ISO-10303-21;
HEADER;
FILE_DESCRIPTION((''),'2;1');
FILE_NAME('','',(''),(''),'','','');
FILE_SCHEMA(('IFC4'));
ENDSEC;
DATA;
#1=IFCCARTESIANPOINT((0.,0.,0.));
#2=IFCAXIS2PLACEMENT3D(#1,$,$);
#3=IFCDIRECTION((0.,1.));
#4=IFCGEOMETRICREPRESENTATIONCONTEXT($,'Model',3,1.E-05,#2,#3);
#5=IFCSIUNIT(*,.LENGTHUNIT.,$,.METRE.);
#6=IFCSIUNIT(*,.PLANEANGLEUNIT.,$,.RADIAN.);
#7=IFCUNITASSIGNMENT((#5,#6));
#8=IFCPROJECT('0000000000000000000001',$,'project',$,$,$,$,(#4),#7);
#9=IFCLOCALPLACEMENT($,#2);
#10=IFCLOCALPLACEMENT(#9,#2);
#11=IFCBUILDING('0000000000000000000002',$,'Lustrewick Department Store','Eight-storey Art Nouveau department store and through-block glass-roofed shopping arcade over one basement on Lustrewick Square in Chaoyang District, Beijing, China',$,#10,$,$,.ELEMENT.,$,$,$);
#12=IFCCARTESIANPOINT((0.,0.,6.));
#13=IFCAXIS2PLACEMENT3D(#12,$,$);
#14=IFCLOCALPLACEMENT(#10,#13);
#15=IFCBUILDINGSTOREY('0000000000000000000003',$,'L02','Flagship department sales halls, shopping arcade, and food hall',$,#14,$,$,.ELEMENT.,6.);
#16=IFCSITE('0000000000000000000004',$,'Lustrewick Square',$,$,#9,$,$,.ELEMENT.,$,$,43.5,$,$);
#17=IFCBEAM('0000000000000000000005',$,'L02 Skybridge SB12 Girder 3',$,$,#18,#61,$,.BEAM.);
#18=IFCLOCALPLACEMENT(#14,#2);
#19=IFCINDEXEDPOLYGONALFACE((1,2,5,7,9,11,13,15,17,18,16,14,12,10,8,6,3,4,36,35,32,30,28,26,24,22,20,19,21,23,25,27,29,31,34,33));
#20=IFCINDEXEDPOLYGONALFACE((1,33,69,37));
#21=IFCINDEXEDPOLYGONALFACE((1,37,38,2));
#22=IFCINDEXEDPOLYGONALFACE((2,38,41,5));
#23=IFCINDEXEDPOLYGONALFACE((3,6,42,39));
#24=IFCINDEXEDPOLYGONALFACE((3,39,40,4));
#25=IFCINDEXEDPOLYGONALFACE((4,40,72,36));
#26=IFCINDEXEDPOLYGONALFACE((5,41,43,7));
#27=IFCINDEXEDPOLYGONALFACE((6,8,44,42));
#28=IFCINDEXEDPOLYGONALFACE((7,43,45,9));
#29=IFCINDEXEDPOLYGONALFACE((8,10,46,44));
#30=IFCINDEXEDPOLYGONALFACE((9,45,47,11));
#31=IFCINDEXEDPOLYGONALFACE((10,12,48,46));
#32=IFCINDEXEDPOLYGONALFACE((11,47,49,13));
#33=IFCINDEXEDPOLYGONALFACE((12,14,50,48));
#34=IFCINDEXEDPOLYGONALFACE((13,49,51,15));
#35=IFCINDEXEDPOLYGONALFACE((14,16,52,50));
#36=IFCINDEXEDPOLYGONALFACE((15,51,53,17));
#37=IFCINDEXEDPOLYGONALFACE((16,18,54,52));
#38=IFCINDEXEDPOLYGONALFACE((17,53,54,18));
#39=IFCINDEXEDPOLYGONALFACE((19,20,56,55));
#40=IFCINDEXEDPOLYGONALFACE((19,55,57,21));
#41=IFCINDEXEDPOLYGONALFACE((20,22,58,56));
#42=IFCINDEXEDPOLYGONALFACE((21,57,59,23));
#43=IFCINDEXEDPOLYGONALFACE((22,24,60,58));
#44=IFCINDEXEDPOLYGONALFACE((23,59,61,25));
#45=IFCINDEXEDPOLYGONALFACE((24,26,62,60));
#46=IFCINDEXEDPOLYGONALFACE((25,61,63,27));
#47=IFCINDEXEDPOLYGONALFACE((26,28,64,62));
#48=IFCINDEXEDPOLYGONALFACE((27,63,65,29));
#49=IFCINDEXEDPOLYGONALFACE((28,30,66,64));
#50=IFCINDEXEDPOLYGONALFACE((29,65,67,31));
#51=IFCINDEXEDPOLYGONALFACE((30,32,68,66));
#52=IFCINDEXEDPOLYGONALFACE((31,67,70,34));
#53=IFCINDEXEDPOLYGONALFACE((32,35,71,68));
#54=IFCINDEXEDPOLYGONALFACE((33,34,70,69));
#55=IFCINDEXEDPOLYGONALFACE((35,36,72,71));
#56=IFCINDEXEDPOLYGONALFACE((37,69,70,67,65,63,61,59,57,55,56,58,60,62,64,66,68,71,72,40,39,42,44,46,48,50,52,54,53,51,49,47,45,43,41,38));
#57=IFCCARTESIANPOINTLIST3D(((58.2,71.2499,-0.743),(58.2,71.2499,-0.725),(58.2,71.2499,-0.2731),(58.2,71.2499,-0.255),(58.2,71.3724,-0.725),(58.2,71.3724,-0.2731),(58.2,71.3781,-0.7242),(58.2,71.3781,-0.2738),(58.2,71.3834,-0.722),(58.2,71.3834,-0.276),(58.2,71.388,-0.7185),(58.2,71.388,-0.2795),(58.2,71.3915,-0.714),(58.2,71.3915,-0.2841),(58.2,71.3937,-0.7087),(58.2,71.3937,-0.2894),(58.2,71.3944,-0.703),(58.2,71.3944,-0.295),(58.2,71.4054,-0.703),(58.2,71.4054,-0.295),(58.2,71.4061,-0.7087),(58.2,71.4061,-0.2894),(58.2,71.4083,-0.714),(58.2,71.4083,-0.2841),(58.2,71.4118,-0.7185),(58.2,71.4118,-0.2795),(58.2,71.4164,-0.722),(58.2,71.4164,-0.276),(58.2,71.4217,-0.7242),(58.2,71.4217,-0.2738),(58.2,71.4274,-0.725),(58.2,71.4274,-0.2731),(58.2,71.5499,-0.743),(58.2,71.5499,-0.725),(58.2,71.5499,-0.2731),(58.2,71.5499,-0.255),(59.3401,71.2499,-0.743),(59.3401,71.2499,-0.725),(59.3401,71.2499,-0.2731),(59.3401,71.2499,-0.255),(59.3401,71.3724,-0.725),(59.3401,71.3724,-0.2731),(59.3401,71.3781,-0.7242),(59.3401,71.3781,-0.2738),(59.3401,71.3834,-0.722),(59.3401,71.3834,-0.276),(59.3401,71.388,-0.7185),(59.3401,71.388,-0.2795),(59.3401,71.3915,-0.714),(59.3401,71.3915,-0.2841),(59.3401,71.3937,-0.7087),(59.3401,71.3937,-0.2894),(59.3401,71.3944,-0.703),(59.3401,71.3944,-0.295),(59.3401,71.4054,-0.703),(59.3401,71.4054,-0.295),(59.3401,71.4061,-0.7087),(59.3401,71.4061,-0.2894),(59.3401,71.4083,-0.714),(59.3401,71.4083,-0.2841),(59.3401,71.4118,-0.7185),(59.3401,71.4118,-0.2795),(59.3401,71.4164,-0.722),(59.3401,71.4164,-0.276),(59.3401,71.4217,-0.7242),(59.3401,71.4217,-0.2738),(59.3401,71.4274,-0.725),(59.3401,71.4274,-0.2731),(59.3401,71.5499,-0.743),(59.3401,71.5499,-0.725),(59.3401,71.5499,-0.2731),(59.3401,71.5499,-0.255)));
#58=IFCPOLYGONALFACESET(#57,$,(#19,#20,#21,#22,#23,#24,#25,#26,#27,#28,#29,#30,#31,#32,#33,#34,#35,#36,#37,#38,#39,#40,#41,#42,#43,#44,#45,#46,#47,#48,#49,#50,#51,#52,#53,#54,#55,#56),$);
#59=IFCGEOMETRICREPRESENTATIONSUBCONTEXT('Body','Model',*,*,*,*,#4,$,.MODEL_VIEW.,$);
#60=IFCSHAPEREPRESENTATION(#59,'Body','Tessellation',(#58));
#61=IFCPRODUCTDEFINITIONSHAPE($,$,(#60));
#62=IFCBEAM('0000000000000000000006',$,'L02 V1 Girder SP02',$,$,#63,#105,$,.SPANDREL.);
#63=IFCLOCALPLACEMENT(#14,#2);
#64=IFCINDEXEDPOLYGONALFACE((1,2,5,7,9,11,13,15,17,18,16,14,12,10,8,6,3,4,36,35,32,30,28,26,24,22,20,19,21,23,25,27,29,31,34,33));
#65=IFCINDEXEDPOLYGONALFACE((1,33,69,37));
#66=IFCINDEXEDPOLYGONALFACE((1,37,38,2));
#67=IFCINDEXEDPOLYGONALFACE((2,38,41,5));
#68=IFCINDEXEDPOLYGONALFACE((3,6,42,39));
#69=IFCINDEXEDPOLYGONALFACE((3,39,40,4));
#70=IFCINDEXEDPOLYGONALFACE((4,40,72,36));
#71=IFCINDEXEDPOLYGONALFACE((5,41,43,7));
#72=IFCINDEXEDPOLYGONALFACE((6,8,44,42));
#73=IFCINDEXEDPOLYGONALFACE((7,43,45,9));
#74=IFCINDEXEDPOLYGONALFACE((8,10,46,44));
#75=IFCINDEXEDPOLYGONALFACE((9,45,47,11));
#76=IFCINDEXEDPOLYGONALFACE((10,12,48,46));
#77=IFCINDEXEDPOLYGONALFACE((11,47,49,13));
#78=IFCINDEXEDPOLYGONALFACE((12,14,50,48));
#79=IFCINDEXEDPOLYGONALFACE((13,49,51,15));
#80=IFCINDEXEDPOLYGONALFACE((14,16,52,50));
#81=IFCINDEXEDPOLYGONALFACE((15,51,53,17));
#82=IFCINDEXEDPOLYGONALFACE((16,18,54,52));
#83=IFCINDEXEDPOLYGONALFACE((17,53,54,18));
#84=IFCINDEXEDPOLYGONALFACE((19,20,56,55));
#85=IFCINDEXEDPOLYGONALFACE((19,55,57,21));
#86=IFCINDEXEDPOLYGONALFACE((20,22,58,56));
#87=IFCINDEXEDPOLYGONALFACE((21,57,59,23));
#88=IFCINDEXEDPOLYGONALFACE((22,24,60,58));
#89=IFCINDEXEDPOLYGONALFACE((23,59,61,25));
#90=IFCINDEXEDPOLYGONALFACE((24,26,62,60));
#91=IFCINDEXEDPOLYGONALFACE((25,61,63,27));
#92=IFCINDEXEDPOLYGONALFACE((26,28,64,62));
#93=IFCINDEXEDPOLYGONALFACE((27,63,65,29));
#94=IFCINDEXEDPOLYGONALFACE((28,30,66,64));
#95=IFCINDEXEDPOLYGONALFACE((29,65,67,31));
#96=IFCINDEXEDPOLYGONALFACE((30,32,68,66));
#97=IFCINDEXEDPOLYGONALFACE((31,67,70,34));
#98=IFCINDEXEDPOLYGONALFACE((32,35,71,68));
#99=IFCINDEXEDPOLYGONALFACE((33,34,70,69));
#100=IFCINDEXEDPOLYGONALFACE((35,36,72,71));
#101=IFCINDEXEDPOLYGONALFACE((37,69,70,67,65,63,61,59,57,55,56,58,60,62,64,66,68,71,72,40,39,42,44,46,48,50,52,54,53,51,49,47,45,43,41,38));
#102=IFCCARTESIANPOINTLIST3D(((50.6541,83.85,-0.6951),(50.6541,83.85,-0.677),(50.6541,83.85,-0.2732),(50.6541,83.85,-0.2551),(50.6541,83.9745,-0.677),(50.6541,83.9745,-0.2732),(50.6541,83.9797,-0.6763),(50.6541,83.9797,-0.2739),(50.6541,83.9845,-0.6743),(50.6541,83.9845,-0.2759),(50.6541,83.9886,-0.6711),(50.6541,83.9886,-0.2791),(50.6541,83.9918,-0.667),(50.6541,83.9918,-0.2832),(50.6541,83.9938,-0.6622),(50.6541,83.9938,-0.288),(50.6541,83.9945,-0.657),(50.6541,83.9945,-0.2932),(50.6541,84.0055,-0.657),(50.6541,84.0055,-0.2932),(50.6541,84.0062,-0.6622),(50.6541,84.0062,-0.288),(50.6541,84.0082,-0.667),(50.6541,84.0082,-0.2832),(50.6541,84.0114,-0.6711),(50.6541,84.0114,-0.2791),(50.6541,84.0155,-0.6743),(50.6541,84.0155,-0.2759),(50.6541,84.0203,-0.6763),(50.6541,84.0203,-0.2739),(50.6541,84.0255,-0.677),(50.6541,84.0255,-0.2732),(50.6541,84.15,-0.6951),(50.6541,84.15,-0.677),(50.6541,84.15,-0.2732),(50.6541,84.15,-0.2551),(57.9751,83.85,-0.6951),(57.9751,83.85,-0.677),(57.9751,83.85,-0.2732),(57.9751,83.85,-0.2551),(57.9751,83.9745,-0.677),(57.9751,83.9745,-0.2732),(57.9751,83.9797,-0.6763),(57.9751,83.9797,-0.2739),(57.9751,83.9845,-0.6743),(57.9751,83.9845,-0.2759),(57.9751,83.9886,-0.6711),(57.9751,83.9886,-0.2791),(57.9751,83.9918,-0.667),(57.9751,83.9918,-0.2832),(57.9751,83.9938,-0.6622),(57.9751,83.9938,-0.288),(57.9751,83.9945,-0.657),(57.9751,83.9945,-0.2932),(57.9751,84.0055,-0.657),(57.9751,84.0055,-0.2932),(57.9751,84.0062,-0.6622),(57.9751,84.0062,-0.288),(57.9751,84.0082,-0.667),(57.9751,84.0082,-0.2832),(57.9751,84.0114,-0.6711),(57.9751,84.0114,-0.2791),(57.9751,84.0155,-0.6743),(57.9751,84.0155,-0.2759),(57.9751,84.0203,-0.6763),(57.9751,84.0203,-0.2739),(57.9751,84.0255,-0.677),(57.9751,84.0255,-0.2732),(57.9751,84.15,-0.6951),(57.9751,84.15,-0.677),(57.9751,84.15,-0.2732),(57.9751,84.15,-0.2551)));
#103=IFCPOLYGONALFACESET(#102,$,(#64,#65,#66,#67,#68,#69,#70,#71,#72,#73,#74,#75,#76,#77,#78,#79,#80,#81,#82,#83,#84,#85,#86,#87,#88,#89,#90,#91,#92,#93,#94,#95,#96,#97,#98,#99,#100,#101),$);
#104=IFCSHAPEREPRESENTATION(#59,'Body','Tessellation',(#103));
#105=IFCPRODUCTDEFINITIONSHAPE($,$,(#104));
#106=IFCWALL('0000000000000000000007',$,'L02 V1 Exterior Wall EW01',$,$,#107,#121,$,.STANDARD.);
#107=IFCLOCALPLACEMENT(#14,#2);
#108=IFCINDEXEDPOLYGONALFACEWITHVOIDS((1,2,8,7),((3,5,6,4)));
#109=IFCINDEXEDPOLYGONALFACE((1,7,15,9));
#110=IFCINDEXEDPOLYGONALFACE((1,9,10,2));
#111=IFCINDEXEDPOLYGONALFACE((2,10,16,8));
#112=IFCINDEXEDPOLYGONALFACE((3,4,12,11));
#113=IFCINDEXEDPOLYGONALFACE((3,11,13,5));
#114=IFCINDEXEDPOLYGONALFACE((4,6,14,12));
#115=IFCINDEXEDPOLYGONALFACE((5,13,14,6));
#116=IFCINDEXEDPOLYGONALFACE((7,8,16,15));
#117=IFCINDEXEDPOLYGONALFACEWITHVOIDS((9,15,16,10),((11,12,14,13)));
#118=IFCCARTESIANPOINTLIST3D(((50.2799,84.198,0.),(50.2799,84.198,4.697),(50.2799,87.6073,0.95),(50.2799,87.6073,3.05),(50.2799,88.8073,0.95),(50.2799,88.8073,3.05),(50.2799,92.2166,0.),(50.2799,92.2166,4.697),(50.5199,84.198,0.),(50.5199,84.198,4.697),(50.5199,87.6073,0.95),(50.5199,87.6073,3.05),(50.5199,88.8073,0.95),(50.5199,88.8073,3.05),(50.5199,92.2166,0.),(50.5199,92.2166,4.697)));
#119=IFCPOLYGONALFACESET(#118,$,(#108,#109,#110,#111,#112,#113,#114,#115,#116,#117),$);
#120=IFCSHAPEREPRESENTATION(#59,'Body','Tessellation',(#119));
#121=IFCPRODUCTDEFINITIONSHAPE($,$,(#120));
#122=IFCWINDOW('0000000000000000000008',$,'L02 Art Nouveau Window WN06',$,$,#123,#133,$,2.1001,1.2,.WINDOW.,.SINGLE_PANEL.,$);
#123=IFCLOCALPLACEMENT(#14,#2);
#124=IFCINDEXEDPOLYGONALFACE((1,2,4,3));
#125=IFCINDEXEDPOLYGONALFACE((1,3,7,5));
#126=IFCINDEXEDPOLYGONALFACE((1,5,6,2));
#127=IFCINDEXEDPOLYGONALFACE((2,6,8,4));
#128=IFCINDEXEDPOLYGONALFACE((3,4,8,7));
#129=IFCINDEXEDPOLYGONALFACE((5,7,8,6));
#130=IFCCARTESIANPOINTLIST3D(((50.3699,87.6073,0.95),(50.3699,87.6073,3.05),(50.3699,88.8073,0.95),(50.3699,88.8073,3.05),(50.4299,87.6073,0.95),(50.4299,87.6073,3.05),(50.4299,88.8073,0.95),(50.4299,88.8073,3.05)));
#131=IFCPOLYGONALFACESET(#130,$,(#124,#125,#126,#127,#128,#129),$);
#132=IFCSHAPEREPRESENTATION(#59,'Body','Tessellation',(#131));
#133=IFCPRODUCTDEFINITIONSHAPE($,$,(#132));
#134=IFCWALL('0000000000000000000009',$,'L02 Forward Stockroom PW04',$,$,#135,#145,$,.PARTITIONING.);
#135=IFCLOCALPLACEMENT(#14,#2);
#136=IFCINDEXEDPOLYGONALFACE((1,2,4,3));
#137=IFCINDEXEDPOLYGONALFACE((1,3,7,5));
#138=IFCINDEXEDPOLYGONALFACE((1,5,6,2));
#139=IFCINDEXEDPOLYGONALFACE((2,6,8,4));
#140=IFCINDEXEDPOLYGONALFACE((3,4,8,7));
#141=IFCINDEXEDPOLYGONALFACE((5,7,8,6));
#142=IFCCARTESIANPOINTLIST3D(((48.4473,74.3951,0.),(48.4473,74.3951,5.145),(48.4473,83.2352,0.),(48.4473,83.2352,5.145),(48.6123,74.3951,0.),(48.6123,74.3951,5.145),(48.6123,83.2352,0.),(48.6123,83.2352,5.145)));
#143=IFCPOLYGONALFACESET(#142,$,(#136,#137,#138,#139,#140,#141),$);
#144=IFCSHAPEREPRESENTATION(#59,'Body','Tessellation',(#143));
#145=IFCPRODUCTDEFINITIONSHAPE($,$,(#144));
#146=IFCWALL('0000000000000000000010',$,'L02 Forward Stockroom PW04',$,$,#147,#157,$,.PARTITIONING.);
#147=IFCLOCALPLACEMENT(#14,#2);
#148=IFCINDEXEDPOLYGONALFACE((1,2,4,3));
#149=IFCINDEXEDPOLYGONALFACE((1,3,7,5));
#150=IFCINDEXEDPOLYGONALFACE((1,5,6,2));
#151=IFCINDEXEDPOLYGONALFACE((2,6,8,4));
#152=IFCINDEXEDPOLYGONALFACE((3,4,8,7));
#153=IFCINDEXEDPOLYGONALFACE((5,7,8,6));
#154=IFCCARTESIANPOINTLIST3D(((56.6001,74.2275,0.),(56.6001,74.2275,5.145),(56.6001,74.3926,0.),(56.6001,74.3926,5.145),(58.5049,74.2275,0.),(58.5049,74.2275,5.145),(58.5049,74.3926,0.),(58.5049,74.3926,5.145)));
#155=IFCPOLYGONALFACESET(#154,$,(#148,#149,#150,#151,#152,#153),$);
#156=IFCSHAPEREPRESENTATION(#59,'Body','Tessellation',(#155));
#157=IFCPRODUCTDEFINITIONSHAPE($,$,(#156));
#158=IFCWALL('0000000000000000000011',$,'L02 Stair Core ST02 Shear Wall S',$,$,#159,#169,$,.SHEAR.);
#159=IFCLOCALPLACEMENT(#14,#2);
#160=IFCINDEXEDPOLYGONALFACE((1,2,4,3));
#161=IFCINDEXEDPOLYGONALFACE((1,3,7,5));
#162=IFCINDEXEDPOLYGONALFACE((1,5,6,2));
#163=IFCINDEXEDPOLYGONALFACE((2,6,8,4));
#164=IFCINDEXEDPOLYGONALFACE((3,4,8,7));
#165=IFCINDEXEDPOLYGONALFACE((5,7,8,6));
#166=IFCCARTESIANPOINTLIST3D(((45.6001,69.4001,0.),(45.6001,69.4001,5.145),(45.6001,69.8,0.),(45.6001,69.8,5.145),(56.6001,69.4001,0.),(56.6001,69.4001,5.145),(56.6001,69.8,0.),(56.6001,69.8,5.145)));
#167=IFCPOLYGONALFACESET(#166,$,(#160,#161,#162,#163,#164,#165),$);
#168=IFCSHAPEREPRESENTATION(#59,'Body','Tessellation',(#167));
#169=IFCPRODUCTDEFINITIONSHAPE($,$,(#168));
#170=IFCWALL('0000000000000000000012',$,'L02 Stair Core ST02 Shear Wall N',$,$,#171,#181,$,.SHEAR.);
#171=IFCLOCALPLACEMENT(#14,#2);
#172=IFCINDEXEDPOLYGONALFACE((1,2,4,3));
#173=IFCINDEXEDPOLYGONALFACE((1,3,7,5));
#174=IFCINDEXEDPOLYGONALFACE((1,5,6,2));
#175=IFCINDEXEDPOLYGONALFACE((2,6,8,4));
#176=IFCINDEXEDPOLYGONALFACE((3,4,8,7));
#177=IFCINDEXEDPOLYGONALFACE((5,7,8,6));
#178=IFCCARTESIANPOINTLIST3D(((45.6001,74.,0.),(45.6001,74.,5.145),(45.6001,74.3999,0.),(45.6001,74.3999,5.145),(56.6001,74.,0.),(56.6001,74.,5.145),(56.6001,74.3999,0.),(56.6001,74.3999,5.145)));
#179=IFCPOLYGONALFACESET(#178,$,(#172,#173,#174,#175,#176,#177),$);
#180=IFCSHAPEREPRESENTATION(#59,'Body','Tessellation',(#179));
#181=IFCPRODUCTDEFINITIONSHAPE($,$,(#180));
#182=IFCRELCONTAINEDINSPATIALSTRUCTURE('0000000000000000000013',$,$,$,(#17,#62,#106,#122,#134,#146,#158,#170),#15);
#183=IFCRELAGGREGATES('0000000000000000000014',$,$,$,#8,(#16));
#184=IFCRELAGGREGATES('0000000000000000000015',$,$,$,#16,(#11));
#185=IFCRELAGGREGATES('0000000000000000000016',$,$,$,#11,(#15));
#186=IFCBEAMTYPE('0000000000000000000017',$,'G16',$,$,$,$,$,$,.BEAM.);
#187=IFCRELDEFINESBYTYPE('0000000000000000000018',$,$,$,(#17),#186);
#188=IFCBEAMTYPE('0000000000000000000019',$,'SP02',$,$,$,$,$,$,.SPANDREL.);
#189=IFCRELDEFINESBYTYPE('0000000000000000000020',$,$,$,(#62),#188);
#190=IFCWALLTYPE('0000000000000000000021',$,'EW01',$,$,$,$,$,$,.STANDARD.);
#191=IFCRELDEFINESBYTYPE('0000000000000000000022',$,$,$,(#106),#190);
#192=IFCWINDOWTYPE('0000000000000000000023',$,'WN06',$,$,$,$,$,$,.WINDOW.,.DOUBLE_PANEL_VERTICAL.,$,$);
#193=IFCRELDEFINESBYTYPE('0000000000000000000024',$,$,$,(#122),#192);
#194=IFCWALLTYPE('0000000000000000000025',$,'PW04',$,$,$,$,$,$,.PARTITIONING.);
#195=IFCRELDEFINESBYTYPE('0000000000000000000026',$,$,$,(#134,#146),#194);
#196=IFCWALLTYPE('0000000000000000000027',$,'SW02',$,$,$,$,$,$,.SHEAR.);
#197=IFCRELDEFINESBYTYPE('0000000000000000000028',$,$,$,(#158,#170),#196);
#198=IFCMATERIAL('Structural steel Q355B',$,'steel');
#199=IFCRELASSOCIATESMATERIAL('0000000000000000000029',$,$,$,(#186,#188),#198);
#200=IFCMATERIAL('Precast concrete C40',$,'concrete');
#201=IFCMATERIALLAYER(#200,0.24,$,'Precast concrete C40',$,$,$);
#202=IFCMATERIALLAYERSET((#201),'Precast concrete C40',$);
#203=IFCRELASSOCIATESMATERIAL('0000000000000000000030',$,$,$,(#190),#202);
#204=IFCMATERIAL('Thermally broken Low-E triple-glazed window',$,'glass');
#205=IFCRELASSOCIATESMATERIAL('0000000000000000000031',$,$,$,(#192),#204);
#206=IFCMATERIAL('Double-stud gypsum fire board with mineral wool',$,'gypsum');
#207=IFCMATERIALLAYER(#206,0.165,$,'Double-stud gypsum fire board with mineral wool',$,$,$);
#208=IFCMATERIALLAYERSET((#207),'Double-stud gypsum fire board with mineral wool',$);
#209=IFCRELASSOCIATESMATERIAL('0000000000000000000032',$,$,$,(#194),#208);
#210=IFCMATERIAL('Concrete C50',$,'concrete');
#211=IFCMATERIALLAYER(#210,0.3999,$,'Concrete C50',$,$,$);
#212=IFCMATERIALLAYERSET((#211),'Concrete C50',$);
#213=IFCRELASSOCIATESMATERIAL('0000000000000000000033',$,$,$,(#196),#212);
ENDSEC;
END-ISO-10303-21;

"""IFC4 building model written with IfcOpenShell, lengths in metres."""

from ifc_helpers import new_model, si_unit, direction, frame, frame_2d, origin, origin_2d, place, context, subcontext, project, spatial, rectangle, i_section, extrude, material, layer, layer_set, material_profile, profile_set, type_object, element, fill, save


model = new_model("IFC4")

# Units and contexts
model_context = context("Model", 3, precision=1e-05, world=origin(), true_north=direction((0.0, 1.0)))
body_context = subcontext(model_context, "Body", "Model", "MODEL_VIEW")
ifc_project = project(units=[si_unit("LENGTHUNIT", "METRE"), si_unit("PLANEANGLEUNIT", "RADIAN")], contexts=[model_context])

# Site, building, storey
site_placement = place(None, origin())
site = spatial("IfcSite", under=ifc_project, at=site_placement, Name="Lustrewick Square", CompositionType="ELEMENT", RefElevation=43.5)
building_placement = place(site_placement, origin())
building = spatial("IfcBuilding", under=site, at=building_placement, Name="Lustrewick Department Store", Description="Eight-storey Art Nouveau department store and through-block glass-roofed shopping arcade over one basement on Lustrewick Square in Chaoyang District, Beijing, China", CompositionType="ELEMENT")
storey_placement = place(building_placement, frame((0.0, 0.0, 6.0)))
storey = spatial("IfcBuildingStorey", under=building, at=storey_placement, Name="L02", Description="Flagship department sales halls, shopping arcade, and food hall", CompositionType="ELEMENT", Elevation=6.0)

# Beams
ifc_material_1 = material(Name="Structural steel Q355B", Category="steel")
ifc_material_profile_1 = material_profile(ifc_material_1, i_section(OverallWidth=0.3, OverallDepth=0.488, WebThickness=0.011, FlangeThickness=0.0181, FilletRadius=0.022, at=origin_2d()), Name="HM 488x300x11x18")
ifc_profile_set_1 = profile_set([ifc_material_profile_1], Name="Structural steel Q355B")
beam_type_1 = type_object("IfcBeamType", Name="G16", PredefinedType="BEAM", material=ifc_profile_set_1)
for number, where, z_axis, x_axis, name in (
    (1, (58.2, 71.3999, -0.499), (1.0, 0.0, 0.0), (0.0, 1.0, 0.0), "L02 Skybridge SB12 Girder 3"),
):
    element("IfcBeam", number, at=place(storey_placement, frame(where, z_axis=z_axis, x_axis=x_axis)), inside=storey, type_object=beam_type_1, Name=name, PredefinedType="BEAM", context=body_context, shape_type="SweptSolid", body=[
        extrude(i_section(OverallWidth=0.3, OverallDepth=0.488, WebThickness=0.011, FlangeThickness=0.0181, FilletRadius=0.022, at=origin_2d()), origin(), (0.0, 0.0, 1.0), 1.1401),
    ])
ifc_material_profile_2 = material_profile(ifc_material_1, i_section(OverallWidth=0.3, OverallDepth=0.4399, WebThickness=0.011, FlangeThickness=0.0181, FilletRadius=0.02, at=origin_2d()), Name="HM 440x300x11x18")
ifc_profile_set_2 = profile_set([ifc_material_profile_2], Name="Structural steel Q355B")
beam_type_2 = type_object("IfcBeamType", Name="SP02", PredefinedType="SPANDREL", material=ifc_profile_set_2)
beam_1_placement = place(storey_placement, frame((50.6541, 84.0, -0.4751), z_axis=(1.0, 0.0, 0.0), x_axis=(0.0, 1.0, 0.0)))
element("IfcBeam", 2, at=beam_1_placement, inside=storey, type_object=beam_type_2, Name="L02 V1 Girder SP02", PredefinedType="SPANDREL", context=body_context, shape_type="SweptSolid", body=[
    extrude(i_section(OverallWidth=0.3, OverallDepth=0.4399, WebThickness=0.011, FlangeThickness=0.0181, FilletRadius=0.02, at=origin_2d()), origin(), (0.0, 0.0, 1.0), 7.321),
])

# Wall, opening, window
ifc_material_2 = material(Name="Precast concrete C40", Category="concrete")
ifc_layer_1 = layer(ifc_material_2, 0.24, Name="Precast concrete C40")
ifc_layer_set_1 = layer_set([ifc_layer_1], Name="Precast concrete C40")
wall_type_1 = type_object("IfcWallType", Name="EW01", PredefinedType="STANDARD", material=ifc_layer_set_1)
wall_1_placement = place(storey_placement, frame((50.3999, 84.198, 0.0), z_axis=(0.0, 0.0, 1.0), x_axis=(0.0, 1.0, 0.0)))
wall_1 = element("IfcWall", 3, at=wall_1_placement, inside=storey, type_object=wall_type_1, Name="L02 V1 Exterior Wall EW01", PredefinedType="STANDARD", context=body_context, shape_type="SweptSolid", body=[
    extrude(rectangle(XDim=8.0186, YDim=0.24, at=frame_2d((4.0093, 0.0))), origin(), (0.0, 0.0, 1.0), 4.697),
])
opening_1_placement = place(wall_1_placement, frame((3.4092, 0.0, 0.95)))
opening_1 = element("IfcOpeningElement", 4, at=opening_1_placement, cuts=wall_1, PredefinedType="OPENING", context=body_context, shape_type="SweptSolid", body=[
    extrude(rectangle(XDim=1.2, YDim=2.1001, at=frame_2d((0.6001, 1.05))), frame((0.0, 0.1299, 0.0), z_axis=(0.0, -1.0, 0.0), x_axis=(1.0, 0.0, 0.0)), (0.0, 0.0, 1.0), 0.26),
])
ifc_material_3 = material(Name="Thermally broken Low-E triple-glazed window", Category="glass")
window_type = type_object("IfcWindowType", Name="WN06", PartitioningType="DOUBLE_PANEL_VERTICAL", PredefinedType="WINDOW", material=ifc_material_3)
window_placement = place(opening_1_placement, origin())
window = element("IfcWindow", 5, at=window_placement, inside=storey, type_object=window_type, Name="L02 Art Nouveau Window WN06", OverallHeight=2.1001, OverallWidth=1.2, PartitioningType="SINGLE_PANEL", PredefinedType="WINDOW", context=body_context, shape_type="SweptSolid", body=[
    extrude(rectangle(XDim=1.2, YDim=2.1001, at=frame_2d((0.6001, 1.05))), frame((0.0, 0.03, 0.0), z_axis=(0.0, -1.0, 0.0), x_axis=(1.0, 0.0, 0.0)), (0.0, 0.0, 1.0), 0.0601),
])
fill(opening_1, window)

# Walls
ifc_material_4 = material(Name="Double-stud gypsum fire board with mineral wool", Category="gypsum")
ifc_layer_2 = layer(ifc_material_4, 0.165, Name="Double-stud gypsum fire board with mineral wool")
ifc_layer_set_2 = layer_set([ifc_layer_2], Name="Double-stud gypsum fire board with mineral wool")
wall_type_2 = type_object("IfcWallType", Name="PW04", PredefinedType="PARTITIONING", material=ifc_layer_set_2)
wall_2_placement = place(storey_placement, frame((48.5298, 83.2351, 0.0), z_axis=(0.0, 0.0, 1.0), x_axis=(0.0, -1.0, 0.0)))
element("IfcWall", 6, at=wall_2_placement, inside=storey, type_object=wall_type_2, Name="L02 Forward Stockroom PW04", PredefinedType="PARTITIONING", context=body_context, shape_type="SweptSolid", body=[
    extrude(rectangle(XDim=8.8401, YDim=0.165, at=frame_2d((4.4199, 0.0))), origin(), (0.0, 0.0, 1.0), 5.145),
])
wall_3_placement = place(storey_placement, frame((56.6001, 74.3101, 0.0), z_axis=(0.0, 0.0, 1.0), x_axis=(1.0, 0.0, 0.0)))
element("IfcWall", 7, at=wall_3_placement, inside=storey, type_object=wall_type_2, Name="L02 Forward Stockroom PW04", PredefinedType="PARTITIONING", context=body_context, shape_type="SweptSolid", body=[
    extrude(rectangle(XDim=1.9048, YDim=0.165, at=frame_2d((0.9524, 0.0))), origin(), (0.0, 0.0, 1.0), 5.145),
])
ifc_material_5 = material(Name="Concrete C50", Category="concrete")
ifc_layer_3 = layer(ifc_material_5, 0.3999, Name="Concrete C50")
ifc_layer_set_3 = layer_set([ifc_layer_3], Name="Concrete C50")
wall_type_3 = type_object("IfcWallType", Name="SW02", PredefinedType="SHEAR", material=ifc_layer_set_3)
wall_4_placement = place(storey_placement, frame((45.6001, 69.6001, 0.0), z_axis=(0.0, 0.0, 1.0), x_axis=(1.0, 0.0, 0.0)))
element("IfcWall", 8, at=wall_4_placement, inside=storey, type_object=wall_type_3, Name="L02 Stair Core ST02 Shear Wall S", PredefinedType="SHEAR", context=body_context, shape_type="SweptSolid", body=[
    extrude(rectangle(XDim=11.0, YDim=0.3999, at=frame_2d((5.5, 0.0))), origin(), (0.0, 0.0, 1.0), 5.145),
])

# Wall
wall_5_placement = place(storey_placement, frame((56.6001, 74.2, 0.0), z_axis=(0.0, 0.0, 1.0), x_axis=(-1.0, 0.0, 0.0)))
element("IfcWall", 9, at=wall_5_placement, inside=storey, type_object=wall_type_3, Name="L02 Stair Core ST02 Shear Wall N", PredefinedType="SHEAR", context=body_context, shape_type="SweptSolid", body=[
    extrude(rectangle(XDim=11.0, YDim=0.3999, at=frame_2d((5.5, 0.0))), origin(), (0.0, 0.0, 1.0), 5.145),
])

save(model, "model.ifc")
